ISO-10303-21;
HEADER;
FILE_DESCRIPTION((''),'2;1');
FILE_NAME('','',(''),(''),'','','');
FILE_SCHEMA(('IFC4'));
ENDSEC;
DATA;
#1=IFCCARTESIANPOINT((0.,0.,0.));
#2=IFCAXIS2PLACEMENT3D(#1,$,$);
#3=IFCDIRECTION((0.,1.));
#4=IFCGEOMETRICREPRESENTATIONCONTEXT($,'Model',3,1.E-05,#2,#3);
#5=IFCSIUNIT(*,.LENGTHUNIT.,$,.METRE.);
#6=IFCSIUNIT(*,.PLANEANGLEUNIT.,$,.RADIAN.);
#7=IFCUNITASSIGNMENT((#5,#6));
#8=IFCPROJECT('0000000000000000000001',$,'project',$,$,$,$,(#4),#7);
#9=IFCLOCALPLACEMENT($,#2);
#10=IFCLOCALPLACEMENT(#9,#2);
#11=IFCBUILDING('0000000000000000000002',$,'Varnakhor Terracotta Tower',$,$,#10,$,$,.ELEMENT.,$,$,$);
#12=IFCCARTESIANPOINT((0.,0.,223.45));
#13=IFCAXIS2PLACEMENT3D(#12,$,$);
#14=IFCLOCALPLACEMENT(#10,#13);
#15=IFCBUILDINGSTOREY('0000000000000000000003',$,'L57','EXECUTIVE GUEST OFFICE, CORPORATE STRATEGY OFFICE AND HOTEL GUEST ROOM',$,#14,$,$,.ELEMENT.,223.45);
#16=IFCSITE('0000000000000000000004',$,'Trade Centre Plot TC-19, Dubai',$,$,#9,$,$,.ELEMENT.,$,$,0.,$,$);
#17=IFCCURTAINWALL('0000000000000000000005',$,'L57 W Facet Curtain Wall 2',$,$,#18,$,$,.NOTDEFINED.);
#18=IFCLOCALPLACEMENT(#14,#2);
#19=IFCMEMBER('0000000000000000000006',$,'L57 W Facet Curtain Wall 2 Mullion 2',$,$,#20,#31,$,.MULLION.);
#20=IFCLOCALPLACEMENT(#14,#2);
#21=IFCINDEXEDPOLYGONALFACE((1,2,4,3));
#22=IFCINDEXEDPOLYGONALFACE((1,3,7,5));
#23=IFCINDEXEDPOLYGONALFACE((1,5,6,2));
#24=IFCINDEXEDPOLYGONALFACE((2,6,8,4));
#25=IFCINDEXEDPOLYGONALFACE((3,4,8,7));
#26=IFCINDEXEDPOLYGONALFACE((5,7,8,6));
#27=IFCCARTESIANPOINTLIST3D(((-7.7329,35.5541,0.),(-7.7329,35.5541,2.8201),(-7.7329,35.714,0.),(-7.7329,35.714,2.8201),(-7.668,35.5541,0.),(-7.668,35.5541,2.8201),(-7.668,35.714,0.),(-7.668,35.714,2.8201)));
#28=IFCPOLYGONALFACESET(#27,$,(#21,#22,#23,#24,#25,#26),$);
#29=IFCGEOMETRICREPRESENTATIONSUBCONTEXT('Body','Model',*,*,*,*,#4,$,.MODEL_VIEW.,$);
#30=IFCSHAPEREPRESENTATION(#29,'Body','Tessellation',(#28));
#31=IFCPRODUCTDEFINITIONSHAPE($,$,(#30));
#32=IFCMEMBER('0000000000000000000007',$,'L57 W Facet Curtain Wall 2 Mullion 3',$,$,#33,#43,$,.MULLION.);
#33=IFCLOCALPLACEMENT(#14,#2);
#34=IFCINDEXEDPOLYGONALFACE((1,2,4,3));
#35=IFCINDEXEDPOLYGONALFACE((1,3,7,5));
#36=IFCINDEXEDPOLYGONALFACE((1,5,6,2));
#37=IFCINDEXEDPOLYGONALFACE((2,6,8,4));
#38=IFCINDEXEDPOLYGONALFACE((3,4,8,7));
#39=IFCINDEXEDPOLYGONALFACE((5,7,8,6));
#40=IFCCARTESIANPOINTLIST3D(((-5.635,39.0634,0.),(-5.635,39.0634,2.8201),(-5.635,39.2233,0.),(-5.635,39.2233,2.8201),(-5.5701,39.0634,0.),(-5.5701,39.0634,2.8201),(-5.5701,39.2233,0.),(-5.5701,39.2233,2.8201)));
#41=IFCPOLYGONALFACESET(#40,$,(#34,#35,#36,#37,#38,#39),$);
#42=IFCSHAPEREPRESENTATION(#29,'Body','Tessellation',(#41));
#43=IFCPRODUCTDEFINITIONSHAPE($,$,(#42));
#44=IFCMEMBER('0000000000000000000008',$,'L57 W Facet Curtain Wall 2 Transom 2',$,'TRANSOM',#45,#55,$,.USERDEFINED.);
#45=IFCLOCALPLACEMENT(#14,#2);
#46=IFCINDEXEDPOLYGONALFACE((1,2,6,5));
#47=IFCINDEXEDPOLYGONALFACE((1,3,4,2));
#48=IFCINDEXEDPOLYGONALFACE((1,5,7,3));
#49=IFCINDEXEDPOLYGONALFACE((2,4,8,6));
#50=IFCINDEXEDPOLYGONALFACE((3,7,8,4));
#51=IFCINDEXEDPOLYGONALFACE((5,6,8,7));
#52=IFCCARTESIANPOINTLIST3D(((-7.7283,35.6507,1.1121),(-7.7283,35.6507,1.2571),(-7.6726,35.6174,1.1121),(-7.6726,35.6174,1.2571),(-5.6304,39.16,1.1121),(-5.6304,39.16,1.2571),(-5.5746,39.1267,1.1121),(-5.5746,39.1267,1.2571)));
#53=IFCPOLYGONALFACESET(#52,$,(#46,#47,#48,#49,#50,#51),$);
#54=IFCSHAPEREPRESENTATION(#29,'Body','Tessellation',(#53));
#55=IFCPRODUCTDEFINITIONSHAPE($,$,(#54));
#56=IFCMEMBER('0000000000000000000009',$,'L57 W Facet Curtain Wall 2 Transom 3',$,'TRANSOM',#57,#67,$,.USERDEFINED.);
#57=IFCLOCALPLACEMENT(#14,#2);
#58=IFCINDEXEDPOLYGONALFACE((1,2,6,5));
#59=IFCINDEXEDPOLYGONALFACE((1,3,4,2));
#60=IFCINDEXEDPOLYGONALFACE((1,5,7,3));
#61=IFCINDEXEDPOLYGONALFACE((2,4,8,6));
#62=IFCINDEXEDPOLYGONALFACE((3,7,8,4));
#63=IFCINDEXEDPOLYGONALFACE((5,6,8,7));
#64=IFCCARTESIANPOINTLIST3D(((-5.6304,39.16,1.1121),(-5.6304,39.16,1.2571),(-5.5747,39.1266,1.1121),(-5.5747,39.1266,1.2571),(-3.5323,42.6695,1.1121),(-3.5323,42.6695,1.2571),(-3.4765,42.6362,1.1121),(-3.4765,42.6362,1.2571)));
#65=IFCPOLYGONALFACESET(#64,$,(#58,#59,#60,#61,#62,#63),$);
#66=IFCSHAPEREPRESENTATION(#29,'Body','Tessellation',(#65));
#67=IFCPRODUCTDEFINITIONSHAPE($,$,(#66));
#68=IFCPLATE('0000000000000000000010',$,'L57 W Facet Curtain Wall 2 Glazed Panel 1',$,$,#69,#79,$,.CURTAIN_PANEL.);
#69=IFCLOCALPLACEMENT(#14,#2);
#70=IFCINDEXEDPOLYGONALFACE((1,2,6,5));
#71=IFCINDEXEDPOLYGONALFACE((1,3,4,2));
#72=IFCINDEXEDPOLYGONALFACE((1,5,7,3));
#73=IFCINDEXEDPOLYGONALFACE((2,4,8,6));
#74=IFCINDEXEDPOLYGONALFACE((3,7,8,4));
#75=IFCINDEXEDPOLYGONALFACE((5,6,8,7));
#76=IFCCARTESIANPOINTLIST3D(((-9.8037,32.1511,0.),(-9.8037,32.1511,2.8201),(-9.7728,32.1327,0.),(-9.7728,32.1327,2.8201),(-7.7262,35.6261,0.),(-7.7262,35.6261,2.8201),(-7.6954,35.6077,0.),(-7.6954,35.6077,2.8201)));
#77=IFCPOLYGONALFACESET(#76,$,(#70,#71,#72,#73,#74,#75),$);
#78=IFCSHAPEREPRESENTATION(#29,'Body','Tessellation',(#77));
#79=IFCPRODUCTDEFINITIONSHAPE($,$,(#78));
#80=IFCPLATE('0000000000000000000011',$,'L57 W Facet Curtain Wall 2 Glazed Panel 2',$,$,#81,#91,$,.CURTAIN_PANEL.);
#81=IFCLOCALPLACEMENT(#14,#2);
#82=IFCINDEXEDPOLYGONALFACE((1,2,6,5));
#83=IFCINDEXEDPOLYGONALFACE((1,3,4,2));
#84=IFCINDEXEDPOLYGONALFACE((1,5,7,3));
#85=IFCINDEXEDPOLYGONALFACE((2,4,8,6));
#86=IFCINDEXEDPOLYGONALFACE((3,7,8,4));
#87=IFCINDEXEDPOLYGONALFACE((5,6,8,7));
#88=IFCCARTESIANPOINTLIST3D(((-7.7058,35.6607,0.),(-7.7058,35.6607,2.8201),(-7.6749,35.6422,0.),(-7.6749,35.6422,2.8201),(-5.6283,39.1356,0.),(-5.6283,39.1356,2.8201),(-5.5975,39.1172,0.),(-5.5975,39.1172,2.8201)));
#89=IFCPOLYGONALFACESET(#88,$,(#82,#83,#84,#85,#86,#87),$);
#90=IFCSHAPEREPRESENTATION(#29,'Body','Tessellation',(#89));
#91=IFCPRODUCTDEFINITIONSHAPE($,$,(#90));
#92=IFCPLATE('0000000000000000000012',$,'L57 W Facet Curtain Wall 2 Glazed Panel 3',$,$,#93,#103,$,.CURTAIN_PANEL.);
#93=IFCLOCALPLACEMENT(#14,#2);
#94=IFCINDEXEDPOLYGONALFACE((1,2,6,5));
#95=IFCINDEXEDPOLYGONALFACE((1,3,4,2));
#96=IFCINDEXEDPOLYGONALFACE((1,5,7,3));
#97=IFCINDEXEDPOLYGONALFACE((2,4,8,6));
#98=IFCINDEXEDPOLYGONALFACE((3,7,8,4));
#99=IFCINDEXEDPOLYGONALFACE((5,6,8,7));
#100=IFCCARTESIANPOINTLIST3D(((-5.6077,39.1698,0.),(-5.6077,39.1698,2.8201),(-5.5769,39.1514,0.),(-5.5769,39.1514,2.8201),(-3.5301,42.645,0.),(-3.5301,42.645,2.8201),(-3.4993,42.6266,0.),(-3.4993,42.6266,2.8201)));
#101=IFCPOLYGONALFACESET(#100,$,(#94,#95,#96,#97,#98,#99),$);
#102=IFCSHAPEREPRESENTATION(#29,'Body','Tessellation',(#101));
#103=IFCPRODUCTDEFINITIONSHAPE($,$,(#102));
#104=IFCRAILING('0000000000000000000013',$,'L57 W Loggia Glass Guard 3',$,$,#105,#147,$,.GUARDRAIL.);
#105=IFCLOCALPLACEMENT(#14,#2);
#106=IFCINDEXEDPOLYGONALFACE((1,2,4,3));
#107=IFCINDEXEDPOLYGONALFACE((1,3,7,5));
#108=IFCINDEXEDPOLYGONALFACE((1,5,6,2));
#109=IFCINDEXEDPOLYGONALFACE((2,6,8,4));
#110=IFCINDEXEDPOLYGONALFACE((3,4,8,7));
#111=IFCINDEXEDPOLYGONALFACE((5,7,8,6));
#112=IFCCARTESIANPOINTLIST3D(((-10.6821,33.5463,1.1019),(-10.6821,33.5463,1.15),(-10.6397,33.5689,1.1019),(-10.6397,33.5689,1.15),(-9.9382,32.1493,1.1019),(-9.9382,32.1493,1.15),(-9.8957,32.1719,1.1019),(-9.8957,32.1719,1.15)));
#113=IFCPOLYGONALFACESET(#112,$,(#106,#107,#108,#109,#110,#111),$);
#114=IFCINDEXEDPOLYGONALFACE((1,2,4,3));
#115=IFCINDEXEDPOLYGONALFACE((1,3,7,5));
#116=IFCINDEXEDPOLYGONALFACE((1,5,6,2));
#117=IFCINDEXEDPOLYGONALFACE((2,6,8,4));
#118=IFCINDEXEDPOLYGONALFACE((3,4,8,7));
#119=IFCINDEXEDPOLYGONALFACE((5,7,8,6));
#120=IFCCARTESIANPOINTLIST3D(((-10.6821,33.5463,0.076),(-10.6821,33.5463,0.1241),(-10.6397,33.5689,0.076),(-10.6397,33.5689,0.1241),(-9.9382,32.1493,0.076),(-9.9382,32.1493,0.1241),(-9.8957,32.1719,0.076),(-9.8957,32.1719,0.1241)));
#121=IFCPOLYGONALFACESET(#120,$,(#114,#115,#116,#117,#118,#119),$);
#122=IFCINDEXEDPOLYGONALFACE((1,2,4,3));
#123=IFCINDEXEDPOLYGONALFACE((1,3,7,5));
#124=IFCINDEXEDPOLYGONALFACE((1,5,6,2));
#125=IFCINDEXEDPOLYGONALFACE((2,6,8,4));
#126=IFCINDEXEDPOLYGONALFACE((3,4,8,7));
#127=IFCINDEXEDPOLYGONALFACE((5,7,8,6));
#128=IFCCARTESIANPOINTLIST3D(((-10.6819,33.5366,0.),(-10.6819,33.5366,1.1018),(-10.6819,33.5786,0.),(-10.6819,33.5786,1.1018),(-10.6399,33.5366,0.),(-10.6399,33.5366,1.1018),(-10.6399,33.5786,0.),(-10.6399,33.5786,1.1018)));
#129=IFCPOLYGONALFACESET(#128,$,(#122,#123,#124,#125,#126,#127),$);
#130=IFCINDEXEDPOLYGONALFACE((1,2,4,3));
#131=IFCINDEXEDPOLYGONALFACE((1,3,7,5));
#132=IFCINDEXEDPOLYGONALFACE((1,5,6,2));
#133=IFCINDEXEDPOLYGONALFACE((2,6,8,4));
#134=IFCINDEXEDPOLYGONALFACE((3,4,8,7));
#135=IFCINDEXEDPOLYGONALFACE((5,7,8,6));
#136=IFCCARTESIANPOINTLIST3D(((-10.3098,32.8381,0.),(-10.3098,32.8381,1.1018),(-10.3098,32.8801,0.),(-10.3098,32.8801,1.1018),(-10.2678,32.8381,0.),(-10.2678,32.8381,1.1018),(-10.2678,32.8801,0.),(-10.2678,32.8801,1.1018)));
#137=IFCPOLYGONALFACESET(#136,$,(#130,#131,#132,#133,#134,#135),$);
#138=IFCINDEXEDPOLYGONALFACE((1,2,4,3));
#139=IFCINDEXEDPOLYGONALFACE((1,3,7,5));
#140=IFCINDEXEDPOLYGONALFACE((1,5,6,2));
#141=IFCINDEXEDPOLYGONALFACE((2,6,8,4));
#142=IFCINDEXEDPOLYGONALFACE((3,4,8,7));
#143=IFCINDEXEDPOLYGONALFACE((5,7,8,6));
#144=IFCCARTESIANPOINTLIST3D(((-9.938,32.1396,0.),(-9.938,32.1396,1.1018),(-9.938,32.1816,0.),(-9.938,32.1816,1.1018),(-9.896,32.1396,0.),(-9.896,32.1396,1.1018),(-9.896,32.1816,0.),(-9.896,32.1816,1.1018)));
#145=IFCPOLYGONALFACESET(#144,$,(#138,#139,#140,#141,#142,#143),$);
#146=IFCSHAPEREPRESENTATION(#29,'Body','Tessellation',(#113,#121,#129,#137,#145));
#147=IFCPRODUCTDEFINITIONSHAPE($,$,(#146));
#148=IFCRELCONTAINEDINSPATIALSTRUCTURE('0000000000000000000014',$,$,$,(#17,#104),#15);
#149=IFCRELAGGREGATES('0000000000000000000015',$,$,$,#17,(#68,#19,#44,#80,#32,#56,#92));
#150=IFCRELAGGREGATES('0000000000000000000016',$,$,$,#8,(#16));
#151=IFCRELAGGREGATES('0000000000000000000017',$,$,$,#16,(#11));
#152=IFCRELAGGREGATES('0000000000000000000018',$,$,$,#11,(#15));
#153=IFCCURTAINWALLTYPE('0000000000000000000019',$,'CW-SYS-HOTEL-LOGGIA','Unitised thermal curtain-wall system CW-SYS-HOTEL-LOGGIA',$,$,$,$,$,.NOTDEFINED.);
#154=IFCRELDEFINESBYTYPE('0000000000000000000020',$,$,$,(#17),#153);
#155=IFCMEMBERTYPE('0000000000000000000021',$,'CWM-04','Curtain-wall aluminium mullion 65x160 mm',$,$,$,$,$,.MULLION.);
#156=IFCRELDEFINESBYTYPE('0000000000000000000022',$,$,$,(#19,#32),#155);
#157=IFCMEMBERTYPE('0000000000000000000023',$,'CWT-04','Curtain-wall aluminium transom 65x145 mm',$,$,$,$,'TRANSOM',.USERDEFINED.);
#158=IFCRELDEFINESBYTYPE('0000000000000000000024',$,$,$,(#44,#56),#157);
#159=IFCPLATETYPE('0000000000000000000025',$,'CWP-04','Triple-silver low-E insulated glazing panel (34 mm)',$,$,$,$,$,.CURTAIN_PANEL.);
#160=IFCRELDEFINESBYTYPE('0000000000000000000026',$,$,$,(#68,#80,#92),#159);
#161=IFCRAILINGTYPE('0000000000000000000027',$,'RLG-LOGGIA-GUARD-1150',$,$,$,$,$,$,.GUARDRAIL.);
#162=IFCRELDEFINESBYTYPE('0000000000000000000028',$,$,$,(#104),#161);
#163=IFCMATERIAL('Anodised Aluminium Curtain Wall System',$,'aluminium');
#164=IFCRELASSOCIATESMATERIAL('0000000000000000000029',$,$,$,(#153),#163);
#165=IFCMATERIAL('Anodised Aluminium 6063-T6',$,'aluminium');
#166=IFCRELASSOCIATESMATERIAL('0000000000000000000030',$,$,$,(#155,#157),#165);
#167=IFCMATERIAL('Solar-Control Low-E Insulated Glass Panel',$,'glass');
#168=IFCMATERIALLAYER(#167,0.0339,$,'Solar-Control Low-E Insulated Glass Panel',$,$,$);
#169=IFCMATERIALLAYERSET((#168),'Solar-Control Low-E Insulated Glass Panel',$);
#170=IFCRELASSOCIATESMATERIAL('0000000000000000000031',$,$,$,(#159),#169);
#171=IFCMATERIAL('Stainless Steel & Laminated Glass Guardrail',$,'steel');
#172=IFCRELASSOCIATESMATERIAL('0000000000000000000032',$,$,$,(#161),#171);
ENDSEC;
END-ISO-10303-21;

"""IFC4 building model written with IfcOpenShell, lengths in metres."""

from ifc_helpers import new_model, si_unit, direction, frame, origin, origin_2d, place, context, subcontext, project, spatial, rectangle, extrude, source, transform, mapped, material, layer, layer_set, material_profile, profile_set, type_object, type_shapes, element, aggregate, save


model = new_model("IFC4")

# Units and contexts
model_context = context("Model", 3, precision=1e-05, world=origin(), true_north=direction((0.0, 1.0)))
body_context = subcontext(model_context, "Body", "Model", "MODEL_VIEW")
ifc_project = project(units=[si_unit("LENGTHUNIT", "METRE"), si_unit("PLANEANGLEUNIT", "RADIAN")], contexts=[model_context])

# Site, building, storey
site_placement = place(None, origin())
site = spatial("IfcSite", under=ifc_project, at=site_placement, Name="Trade Centre Plot TC-19, Dubai", CompositionType="ELEMENT", RefElevation=0.0)
building_placement = place(site_placement, origin())
building = spatial("IfcBuilding", under=site, at=building_placement, Name="Varnakhor Terracotta Tower", CompositionType="ELEMENT")
storey_placement = place(building_placement, frame((0.0, 0.0, 223.45)))
storey = spatial("IfcBuildingStorey", under=building, at=storey_placement, Name="L57", Description="EXECUTIVE GUEST OFFICE, CORPORATE STRATEGY OFFICE AND HOTEL GUEST ROOM", CompositionType="ELEMENT", Elevation=223.45)

# Curtain wall, members, plates
ifc_material_1 = material(Name="Anodised Aluminium Curtain Wall System", Category="aluminium")
curtain_wall_type = type_object("IfcCurtainWallType", Name="CW-SYS-HOTEL-LOGGIA", Description="Unitised thermal curtain-wall system CW-SYS-HOTEL-LOGGIA", PredefinedType="NOTDEFINED", material=ifc_material_1)
curtain_wall_placement = place(storey_placement, origin())
curtain_wall = element("IfcCurtainWall", 1, at=curtain_wall_placement, inside=storey, type_object=curtain_wall_type, Name="L57 W Facet Curtain Wall 2", PredefinedType="NOTDEFINED")
ifc_material_2 = material(Name="Anodised Aluminium 6063-T6", Category="aluminium")
ifc_material_profile_1 = material_profile(ifc_material_2, rectangle(XDim=0.0649, YDim=0.1599, at=origin_2d()), Name="ALU MULLION 65x160")
ifc_profile_set_1 = profile_set([ifc_material_profile_1], Name="Anodised Aluminium 6063-T6")
member_type_1 = type_object("IfcMemberType", Name="CWM-04", Description="Curtain-wall aluminium mullion 65x160 mm", PredefinedType="MULLION", material=ifc_profile_set_1)
shared_shape_1 = source(origin(), body_context, "Body", "SweptSolid", [
    extrude(rectangle(XDim=0.0649, YDim=0.1599, at=origin_2d()), origin(), (0.0, 0.0, 1.0), 2.8201),
])
type_shapes(member_type_1, [shared_shape_1])
member_1_placement = place(storey_placement, frame((-7.7004, 35.634, 0.0), z_axis=(0.0, 0.0, 1.0), x_axis=(1.0, 0.0, 0.0)))
member_1 = element("IfcMember", 2, at=member_1_placement, type_object=member_type_1, Name="L57 W Facet Curtain Wall 2 Mullion 2", PredefinedType="MULLION", context=body_context, shape_type="MappedRepresentation", body=[
    mapped(shared_shape_1, transform((0.0, 0.0, 0.0), scale=1.0)),
])
member_2_placement = place(storey_placement, frame((-5.6025, 39.1433, 0.0), z_axis=(0.0, 0.0, 1.0), x_axis=(1.0, 0.0, 0.0)))
member_2 = element("IfcMember", 3, at=member_2_placement, type_object=member_type_1, Name="L57 W Facet Curtain Wall 2 Mullion 3", PredefinedType="MULLION", context=body_context, shape_type="MappedRepresentation", body=[
    mapped(shared_shape_1, transform((0.0, 0.0, 0.0), scale=1.0)),
])
ifc_material_profile_2 = material_profile(ifc_material_2, rectangle(XDim=0.0649, YDim=0.145, at=origin_2d()), Name="ALU TRANSOM 65x145")
ifc_profile_set_2 = profile_set([ifc_material_profile_2], Name="Anodised Aluminium 6063-T6")
member_type_2 = type_object("IfcMemberType", Name="CWT-04", Description="Curtain-wall aluminium transom 65x145 mm", ElementType="TRANSOM", PredefinedType="USERDEFINED", material=ifc_profile_set_2)
shared_shape_2 = source(origin(), body_context, "Body", "SweptSolid", [
    extrude(rectangle(XDim=0.0649, YDim=0.145, at=origin_2d()), origin(), (0.0, 0.0, 1.0), 4.0886),
])
member_3_placement = place(storey_placement, frame((-7.7004, 35.634, 1.1846), z_axis=(0.513116, 0.858319, 0.0), x_axis=(-0.858319, 0.513116, 0.0)))
member_3 = element("IfcMember", 4, at=member_3_placement, type_object=member_type_2, Name="L57 W Facet Curtain Wall 2 Transom 2", ObjectType="TRANSOM", PredefinedType="USERDEFINED", context=body_context, shape_type="MappedRepresentation", body=[
    mapped(shared_shape_2, transform((0.0, 0.0, 0.0), scale=1.0)),
])
shared_shape_3 = source(origin(), body_context, "Body", "SweptSolid", [
    extrude(rectangle(XDim=0.0649, YDim=0.145, at=origin_2d()), origin(), (0.0, 0.0, 1.0), 4.0889),
])
member_4_placement = place(storey_placement, frame((-5.6025, 39.1433, 1.1846), z_axis=(0.513134, 0.858308, 0.0), x_axis=(-0.858308, 0.513134, 0.0)))
member_4 = element("IfcMember", 5, at=member_4_placement, type_object=member_type_2, Name="L57 W Facet Curtain Wall 2 Transom 3", ObjectType="TRANSOM", PredefinedType="USERDEFINED", context=body_context, shape_type="MappedRepresentation", body=[
    mapped(shared_shape_3, transform((0.0, 0.0, 0.0), scale=1.0)),
])
ifc_material_3 = material(Name="Solar-Control Low-E Insulated Glass Panel", Category="glass")
ifc_layer = layer(ifc_material_3, 0.0339, Name="Solar-Control Low-E Insulated Glass Panel")
ifc_layer_set = layer_set([ifc_layer], Name="Solar-Control Low-E Insulated Glass Panel")
plate_type = type_object("IfcPlateType", Name="CWP-04", Description="Triple-silver low-E insulated glazing panel (34 mm)", PredefinedType="CURTAIN_PANEL", material=ifc_layer_set)
shared_shape_4 = source(origin(), body_context, "Body", "SweptSolid", [
    extrude(rectangle(XDim=4.0486, YDim=0.0359, at=origin_2d()), origin(), (0.0, 0.0, 1.0), 2.8201),
])
plate_1_placement = place(storey_placement, frame((-8.7495, 33.8794, 0.0), z_axis=(0.0, 0.0, 1.0), x_axis=(0.513137, 0.858307, 0.0)))
plate_1 = element("IfcPlate", 6, at=plate_1_placement, type_object=plate_type, Name="L57 W Facet Curtain Wall 2 Glazed Panel 1", PredefinedType="CURTAIN_PANEL", context=body_context, shape_type="MappedRepresentation", body=[
    mapped(shared_shape_4, transform((0.0, 0.0, 0.0), scale=1.0)),
])
plate_2_placement = place(storey_placement, frame((-6.6516, 37.3889, 0.0), z_axis=(0.0, 0.0, 1.0), x_axis=(0.513137, 0.858307, 0.0)))
plate_2 = element("IfcPlate", 7, at=plate_2_placement, type_object=plate_type, Name="L57 W Facet Curtain Wall 2 Glazed Panel 2", PredefinedType="CURTAIN_PANEL", context=body_context, shape_type="MappedRepresentation", body=[
    mapped(shared_shape_4, transform((0.0, 0.0, 0.0), scale=1.0)),
])
shared_shape_5 = source(origin(), body_context, "Body", "SweptSolid", [
    extrude(rectangle(XDim=4.0488, YDim=0.0359, at=origin_2d()), origin(), (0.0, 0.0, 1.0), 2.8201),
])
plate_3_placement = place(storey_placement, frame((-4.5535, 40.8982, 0.0), z_axis=(0.0, 0.0, 1.0), x_axis=(0.513137, 0.858307, 0.0)))
plate_3 = element("IfcPlate", 8, at=plate_3_placement, type_object=plate_type, Name="L57 W Facet Curtain Wall 2 Glazed Panel 3", PredefinedType="CURTAIN_PANEL", context=body_context, shape_type="MappedRepresentation", body=[
    mapped(shared_shape_5, transform((0.0, 0.0, 0.0), scale=1.0)),
])
aggregate(curtain_wall, [plate_1, member_1, member_3, plate_2, member_2, member_4, plate_3])

# Railing
ifc_material_4 = material(Name="Stainless Steel & Laminated Glass Guardrail", Category="steel")
railing_type = type_object("IfcRailingType", Name="RLG-LOGGIA-GUARD-1150", PredefinedType="GUARDRAIL", material=ifc_material_4)
railing_placement = place(storey_placement, frame((-10.6609, 33.5576, 0.0)))
element("IfcRailing", 9, at=railing_placement, inside=storey, type_object=railing_type, Name="L57 W Loggia Glass Guard 3", PredefinedType="GUARDRAIL", context=body_context, shape_type="SweptSolid", body=[
    extrude(rectangle(XDim=0.0481, YDim=0.0481, at=origin_2d()), frame((0.0, 0.0, 1.126), z_axis=(0.47002, -0.882656, 0.0), x_axis=(0.882656, 0.47002, 0.0)), (0.0, 0.0, 1.0), 1.5828),
    extrude(rectangle(XDim=0.0481, YDim=0.0481, at=origin_2d()), frame((0.0, 0.0, 0.1001), z_axis=(0.47002, -0.882656, 0.0), x_axis=(0.882656, 0.47002, 0.0)), (0.0, 0.0, 1.0), 1.5828),
    extrude(rectangle(XDim=0.042, YDim=0.042, at=origin_2d()), origin(), (0.0, 0.0, 1.0), 1.1018),
    extrude(rectangle(XDim=0.042, YDim=0.042, at=origin_2d()), frame((0.3721, -0.6985, 0.0)), (0.0, 0.0, 1.0), 1.1018),
    extrude(rectangle(XDim=0.042, YDim=0.042, at=origin_2d()), frame((0.7439, -1.397, 0.0)), (0.0, 0.0, 1.0), 1.1018),
])

save(model, "model.ifc")
